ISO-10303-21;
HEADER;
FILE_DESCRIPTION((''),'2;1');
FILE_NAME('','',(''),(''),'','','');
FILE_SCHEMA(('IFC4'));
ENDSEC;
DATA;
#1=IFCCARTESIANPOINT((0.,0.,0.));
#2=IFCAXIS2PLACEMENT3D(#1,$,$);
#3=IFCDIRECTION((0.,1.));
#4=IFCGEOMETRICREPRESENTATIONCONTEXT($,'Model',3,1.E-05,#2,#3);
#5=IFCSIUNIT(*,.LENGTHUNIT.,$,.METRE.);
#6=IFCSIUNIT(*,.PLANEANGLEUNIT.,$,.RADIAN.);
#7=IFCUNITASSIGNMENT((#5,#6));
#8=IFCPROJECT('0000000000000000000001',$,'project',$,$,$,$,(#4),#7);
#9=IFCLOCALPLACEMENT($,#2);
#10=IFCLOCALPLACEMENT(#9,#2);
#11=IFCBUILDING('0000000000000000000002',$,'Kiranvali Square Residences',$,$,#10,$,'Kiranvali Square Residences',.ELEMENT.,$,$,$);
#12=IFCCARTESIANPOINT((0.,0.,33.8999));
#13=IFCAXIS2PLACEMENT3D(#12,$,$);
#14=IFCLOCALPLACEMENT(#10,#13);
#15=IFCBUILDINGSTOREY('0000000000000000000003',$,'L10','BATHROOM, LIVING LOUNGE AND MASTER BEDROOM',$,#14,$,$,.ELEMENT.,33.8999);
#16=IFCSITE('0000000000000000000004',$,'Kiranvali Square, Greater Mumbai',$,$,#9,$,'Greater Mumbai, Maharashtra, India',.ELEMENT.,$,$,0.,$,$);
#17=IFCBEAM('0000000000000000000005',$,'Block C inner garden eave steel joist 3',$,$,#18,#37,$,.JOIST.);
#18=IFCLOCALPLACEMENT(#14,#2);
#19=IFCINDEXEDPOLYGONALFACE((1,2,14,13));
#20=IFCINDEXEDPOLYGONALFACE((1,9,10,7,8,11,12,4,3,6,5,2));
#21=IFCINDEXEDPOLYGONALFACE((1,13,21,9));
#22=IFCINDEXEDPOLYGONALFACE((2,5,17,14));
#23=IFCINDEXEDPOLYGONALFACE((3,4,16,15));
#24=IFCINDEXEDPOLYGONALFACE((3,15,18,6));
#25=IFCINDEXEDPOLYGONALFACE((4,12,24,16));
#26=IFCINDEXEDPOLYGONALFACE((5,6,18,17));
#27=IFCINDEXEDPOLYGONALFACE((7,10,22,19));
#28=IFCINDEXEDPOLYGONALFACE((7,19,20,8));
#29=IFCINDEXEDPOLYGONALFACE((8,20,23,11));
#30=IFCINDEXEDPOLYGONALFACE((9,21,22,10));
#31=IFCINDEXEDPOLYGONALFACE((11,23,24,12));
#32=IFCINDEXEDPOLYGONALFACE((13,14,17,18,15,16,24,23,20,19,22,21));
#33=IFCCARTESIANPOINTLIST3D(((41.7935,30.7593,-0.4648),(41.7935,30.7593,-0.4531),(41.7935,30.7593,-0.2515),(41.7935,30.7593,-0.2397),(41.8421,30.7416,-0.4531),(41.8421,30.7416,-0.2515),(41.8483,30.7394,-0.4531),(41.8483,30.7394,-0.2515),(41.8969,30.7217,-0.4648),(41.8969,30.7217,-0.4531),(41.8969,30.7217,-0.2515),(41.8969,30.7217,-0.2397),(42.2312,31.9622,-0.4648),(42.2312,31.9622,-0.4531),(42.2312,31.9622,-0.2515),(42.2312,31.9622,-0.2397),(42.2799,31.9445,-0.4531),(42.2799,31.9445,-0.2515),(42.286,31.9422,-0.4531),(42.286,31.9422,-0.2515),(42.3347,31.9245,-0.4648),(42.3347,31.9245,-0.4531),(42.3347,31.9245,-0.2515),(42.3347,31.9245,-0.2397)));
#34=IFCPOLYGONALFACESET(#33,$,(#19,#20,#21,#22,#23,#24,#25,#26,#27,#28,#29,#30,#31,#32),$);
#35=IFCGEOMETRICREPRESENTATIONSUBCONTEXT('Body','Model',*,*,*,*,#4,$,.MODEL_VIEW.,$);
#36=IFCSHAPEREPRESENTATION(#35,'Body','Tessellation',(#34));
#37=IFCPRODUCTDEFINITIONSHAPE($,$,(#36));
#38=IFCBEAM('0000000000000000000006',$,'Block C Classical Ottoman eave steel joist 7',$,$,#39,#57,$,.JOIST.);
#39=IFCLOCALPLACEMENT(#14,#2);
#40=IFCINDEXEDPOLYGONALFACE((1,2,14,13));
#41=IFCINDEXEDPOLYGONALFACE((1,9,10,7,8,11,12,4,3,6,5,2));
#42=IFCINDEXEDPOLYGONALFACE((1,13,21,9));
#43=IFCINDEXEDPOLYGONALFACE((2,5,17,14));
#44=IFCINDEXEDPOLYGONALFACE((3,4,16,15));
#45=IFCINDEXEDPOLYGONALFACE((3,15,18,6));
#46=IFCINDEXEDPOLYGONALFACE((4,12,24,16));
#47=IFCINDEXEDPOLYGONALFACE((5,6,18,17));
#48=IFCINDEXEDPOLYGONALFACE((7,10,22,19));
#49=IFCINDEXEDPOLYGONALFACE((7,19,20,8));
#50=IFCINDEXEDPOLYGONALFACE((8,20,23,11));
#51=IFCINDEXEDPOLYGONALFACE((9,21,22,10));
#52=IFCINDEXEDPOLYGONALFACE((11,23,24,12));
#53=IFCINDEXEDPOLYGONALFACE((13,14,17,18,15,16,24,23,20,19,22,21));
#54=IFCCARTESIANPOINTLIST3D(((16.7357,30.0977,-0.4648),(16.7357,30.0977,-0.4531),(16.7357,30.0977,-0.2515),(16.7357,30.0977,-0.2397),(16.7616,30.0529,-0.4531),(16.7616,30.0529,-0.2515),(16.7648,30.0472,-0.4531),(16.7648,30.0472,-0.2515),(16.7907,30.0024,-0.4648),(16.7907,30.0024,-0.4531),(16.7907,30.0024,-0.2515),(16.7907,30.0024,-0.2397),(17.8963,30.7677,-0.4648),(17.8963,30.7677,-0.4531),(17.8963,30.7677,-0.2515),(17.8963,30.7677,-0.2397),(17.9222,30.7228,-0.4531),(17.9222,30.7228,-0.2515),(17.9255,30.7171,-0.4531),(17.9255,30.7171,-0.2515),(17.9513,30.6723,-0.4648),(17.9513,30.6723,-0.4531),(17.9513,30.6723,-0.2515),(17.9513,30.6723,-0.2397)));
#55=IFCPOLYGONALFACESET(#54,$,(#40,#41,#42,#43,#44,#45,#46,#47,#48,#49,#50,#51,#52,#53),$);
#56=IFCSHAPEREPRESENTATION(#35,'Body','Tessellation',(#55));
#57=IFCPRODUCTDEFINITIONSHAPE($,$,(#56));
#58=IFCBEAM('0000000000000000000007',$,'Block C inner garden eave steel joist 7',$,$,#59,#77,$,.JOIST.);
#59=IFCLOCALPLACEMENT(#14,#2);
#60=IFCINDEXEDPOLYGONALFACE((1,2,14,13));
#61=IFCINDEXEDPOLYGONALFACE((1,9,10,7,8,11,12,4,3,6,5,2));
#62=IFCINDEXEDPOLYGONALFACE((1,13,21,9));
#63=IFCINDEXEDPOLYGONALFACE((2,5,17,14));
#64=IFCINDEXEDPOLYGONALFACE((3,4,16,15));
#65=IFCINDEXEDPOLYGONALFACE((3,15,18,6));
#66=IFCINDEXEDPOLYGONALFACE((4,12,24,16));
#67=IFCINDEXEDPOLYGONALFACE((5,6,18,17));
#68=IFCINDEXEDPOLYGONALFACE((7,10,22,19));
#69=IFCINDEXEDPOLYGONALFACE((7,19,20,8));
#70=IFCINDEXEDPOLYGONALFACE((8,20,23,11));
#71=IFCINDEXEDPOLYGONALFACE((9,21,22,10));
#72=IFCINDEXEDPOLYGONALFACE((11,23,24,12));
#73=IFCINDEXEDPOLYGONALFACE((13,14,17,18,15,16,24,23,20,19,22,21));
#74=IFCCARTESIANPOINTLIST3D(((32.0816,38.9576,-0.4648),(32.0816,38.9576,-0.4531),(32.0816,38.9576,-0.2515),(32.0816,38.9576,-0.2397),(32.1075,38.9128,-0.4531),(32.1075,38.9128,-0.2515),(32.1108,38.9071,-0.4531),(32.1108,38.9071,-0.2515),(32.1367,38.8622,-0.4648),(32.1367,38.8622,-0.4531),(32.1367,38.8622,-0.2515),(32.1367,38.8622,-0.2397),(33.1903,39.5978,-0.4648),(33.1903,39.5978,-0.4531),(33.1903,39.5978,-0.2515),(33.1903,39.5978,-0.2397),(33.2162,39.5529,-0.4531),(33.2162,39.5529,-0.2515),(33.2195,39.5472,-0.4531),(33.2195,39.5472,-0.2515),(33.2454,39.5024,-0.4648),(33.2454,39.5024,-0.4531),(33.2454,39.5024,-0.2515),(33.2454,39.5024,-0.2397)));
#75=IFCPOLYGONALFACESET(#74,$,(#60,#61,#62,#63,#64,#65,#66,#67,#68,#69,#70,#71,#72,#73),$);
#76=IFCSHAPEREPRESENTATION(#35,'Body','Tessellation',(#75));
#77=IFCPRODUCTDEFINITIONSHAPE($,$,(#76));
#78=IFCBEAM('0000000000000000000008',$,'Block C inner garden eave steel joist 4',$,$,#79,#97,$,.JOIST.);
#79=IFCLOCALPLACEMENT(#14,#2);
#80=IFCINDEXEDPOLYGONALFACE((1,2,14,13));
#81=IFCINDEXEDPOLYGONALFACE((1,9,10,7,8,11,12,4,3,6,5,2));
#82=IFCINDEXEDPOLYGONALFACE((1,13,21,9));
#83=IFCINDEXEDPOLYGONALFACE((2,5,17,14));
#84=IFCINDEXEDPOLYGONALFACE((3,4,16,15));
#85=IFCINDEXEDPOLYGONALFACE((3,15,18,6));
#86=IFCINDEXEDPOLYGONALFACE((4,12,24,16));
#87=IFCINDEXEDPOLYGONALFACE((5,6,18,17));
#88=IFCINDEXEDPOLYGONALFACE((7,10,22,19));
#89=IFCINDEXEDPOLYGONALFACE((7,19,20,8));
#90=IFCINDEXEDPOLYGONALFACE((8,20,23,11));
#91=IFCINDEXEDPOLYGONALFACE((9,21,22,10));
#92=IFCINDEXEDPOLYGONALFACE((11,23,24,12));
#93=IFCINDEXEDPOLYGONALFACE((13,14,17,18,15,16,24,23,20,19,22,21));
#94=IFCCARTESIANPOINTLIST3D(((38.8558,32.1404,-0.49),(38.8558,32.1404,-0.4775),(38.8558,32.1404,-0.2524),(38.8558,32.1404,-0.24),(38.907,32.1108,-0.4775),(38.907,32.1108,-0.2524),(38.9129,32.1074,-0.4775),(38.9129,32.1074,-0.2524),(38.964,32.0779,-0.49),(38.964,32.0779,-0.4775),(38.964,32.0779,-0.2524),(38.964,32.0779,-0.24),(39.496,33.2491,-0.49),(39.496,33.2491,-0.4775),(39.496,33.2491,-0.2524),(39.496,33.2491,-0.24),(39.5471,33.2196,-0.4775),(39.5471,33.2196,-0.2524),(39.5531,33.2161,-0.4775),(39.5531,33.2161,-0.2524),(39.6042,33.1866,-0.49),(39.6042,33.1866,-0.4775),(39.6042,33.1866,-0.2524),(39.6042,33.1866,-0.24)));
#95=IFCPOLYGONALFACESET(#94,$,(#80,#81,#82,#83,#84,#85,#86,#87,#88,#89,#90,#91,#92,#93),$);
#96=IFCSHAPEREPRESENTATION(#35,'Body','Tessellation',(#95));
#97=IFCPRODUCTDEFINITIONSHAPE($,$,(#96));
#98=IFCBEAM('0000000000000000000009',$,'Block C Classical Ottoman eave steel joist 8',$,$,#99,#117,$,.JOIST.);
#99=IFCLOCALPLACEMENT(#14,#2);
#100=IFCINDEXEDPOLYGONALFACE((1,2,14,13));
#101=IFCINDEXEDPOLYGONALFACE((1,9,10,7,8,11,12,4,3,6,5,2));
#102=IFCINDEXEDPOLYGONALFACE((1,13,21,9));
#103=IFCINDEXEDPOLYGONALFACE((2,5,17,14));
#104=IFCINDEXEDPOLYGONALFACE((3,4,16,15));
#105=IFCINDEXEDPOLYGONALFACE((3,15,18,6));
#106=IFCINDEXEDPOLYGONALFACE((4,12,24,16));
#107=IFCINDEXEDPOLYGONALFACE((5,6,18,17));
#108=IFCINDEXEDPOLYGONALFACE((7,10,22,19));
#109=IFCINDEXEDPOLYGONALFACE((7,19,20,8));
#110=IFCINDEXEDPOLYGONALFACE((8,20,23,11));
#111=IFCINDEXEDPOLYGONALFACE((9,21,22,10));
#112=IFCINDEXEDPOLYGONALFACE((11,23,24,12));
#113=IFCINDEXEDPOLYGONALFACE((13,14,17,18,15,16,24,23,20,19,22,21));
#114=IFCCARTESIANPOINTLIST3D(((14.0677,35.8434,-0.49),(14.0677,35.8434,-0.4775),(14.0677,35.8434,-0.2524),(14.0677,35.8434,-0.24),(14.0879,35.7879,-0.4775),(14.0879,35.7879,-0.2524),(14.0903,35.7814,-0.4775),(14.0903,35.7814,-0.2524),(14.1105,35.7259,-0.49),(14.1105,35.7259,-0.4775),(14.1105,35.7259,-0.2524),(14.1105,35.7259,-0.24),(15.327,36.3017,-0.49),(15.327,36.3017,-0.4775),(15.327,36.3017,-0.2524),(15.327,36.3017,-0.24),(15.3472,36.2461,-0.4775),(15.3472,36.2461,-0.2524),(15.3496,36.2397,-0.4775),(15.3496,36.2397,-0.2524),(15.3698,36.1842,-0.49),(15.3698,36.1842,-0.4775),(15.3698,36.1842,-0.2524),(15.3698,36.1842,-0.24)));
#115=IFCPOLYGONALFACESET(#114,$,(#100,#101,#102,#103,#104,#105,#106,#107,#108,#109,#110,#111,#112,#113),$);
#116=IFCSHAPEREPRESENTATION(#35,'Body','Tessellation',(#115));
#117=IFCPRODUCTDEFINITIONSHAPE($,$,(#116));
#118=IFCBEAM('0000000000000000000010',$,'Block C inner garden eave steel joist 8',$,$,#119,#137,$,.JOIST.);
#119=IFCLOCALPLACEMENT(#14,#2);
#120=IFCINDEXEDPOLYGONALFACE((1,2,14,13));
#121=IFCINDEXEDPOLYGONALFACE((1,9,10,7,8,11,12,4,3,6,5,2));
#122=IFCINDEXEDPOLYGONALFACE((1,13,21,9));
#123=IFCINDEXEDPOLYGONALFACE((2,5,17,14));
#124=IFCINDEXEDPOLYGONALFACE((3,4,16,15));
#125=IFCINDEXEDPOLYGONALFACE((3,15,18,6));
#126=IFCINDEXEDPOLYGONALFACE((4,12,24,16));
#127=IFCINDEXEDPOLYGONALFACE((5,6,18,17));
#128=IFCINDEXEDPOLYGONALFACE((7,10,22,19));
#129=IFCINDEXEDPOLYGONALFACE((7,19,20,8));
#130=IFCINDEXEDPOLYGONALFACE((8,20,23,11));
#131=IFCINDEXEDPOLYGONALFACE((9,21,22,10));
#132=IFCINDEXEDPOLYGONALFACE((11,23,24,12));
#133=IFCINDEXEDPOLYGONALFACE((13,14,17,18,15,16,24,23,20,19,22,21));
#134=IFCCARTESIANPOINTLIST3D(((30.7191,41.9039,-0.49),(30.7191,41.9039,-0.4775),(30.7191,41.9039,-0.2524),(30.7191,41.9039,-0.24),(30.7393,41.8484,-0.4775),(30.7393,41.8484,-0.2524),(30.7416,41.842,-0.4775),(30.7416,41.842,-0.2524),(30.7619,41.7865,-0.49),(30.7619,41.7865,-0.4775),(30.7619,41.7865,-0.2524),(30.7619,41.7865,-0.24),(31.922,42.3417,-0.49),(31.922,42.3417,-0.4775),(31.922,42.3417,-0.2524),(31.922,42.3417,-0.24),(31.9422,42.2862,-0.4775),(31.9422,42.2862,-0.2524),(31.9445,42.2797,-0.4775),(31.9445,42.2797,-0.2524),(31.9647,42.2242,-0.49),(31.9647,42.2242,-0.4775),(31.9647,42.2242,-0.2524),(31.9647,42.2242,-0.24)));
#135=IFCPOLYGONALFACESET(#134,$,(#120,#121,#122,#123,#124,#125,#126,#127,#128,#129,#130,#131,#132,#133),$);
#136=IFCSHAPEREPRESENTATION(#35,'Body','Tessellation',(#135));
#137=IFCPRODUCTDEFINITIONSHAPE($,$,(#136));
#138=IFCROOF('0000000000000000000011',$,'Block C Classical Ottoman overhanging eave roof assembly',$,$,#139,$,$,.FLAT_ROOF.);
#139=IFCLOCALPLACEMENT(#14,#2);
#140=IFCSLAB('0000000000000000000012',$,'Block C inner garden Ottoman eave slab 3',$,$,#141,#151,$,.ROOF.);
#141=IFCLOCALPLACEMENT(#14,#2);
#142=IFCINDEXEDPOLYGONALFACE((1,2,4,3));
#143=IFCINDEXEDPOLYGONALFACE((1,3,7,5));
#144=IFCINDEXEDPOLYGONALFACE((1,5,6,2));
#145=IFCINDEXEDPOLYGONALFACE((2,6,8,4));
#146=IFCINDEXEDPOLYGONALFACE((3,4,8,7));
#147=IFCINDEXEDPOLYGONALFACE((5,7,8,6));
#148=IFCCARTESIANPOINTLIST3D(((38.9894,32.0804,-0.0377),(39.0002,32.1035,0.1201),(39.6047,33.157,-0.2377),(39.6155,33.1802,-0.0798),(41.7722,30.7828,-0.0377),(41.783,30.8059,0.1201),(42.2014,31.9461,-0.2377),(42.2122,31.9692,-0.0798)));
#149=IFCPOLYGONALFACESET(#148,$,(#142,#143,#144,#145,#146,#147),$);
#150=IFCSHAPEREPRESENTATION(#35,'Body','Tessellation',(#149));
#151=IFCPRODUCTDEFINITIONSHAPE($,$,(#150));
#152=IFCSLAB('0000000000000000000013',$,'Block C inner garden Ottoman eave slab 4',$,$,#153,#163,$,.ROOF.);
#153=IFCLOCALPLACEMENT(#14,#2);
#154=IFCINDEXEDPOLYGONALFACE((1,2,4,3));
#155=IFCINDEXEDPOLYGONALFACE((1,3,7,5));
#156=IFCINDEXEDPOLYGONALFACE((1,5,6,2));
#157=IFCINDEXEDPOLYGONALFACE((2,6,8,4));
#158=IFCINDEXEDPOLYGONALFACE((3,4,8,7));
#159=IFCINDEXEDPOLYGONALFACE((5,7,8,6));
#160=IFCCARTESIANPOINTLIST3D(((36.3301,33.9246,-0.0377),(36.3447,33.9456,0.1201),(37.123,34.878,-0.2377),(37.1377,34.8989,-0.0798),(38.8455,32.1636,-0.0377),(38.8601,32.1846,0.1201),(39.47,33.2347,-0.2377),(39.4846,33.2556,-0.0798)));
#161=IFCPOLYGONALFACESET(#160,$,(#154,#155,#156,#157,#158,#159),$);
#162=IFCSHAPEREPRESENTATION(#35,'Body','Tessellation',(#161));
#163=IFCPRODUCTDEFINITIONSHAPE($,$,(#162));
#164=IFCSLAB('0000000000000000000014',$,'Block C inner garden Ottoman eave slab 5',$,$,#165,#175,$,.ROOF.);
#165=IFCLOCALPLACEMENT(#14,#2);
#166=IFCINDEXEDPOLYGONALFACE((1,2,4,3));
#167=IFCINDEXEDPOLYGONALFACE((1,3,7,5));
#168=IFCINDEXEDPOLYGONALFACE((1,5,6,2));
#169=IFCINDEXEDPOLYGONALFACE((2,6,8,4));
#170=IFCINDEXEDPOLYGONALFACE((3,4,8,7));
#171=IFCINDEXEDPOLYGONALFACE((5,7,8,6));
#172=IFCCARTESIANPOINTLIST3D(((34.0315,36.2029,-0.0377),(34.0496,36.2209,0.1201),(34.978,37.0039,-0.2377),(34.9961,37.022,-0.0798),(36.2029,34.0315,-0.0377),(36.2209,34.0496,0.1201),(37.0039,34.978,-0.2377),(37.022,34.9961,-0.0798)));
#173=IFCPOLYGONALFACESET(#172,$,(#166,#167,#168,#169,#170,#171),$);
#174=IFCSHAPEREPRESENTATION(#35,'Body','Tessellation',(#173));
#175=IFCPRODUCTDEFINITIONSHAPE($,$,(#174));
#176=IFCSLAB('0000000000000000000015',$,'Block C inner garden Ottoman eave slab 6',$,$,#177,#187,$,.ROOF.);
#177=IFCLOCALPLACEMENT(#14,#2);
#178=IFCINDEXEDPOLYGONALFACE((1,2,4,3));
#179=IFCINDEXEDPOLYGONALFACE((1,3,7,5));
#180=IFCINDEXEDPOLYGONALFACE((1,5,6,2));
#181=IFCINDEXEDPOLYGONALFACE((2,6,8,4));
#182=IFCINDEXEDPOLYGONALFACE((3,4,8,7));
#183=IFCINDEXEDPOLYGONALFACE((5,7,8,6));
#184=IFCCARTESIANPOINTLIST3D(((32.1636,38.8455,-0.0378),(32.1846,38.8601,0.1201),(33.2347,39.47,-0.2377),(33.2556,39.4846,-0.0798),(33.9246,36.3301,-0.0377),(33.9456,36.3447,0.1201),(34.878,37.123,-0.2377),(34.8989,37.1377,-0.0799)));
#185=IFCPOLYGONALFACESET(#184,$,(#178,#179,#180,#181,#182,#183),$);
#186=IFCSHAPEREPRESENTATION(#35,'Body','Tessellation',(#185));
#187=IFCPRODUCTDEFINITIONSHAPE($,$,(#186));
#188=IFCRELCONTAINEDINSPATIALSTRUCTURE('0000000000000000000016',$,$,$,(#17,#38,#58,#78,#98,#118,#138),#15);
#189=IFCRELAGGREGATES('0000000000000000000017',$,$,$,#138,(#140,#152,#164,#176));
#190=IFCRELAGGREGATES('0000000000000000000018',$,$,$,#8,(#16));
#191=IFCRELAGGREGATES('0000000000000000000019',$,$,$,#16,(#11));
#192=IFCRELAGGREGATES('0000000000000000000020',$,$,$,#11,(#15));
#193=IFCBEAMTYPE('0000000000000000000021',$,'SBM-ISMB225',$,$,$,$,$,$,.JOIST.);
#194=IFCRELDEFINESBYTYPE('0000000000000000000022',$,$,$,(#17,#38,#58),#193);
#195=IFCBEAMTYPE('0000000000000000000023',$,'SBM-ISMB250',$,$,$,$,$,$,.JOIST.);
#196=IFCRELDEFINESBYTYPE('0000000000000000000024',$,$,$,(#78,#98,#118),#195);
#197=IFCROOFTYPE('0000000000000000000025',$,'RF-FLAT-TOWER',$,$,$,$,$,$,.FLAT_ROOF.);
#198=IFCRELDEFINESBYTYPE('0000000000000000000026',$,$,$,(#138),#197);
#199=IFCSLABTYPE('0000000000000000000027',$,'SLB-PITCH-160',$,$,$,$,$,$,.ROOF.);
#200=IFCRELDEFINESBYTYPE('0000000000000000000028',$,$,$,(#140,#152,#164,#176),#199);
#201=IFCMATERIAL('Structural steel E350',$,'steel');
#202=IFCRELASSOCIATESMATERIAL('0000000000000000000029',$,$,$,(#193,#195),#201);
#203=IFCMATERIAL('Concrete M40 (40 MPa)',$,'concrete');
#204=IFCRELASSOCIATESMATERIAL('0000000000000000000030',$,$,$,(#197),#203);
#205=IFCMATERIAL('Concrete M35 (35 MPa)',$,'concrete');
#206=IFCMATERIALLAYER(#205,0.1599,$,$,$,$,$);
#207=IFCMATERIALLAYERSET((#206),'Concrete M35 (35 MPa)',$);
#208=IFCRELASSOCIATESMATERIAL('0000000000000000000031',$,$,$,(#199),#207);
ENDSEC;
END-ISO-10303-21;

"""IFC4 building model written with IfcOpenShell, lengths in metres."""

from ifc_helpers import new_model, si_unit, direction, frame, origin, origin_2d, place, context, subcontext, project, spatial, polyline, i_section, outline, extrude, material, layer, layer_set, material_profile, profile_set, type_object, element, aggregate, save


model = new_model("IFC4")

# Units and contexts
model_context = context("Model", 3, precision=1e-05, world=origin(), true_north=direction((0.0, 1.0)))
body_context = subcontext(model_context, "Body", "Model", "MODEL_VIEW")
ifc_project = project(units=[si_unit("LENGTHUNIT", "METRE"), si_unit("PLANEANGLEUNIT", "RADIAN")], contexts=[model_context])

# Site, building, storey
site_placement = place(None, origin())
site = spatial("IfcSite", under=ifc_project, at=site_placement, Name="Kiranvali Square, Greater Mumbai", LongName="Greater Mumbai, Maharashtra, India", CompositionType="ELEMENT", RefElevation=0.0)
building_placement = place(site_placement, origin())
building = spatial("IfcBuilding", under=site, at=building_placement, Name="Kiranvali Square Residences", LongName="Kiranvali Square Residences", CompositionType="ELEMENT")
storey_placement = place(building_placement, frame((0.0, 0.0, 33.8999)))
storey = spatial("IfcBuildingStorey", under=building, at=storey_placement, Name="L10", Description="BATHROOM, LIVING LOUNGE AND MASTER BEDROOM", CompositionType="ELEMENT", Elevation=33.8999)

# Shared definitions
ifc_material_1 = material(Name="Structural steel E350", Category="steel")

# Beams
ifc_material_profile_1 = material_profile(ifc_material_1, i_section(OverallWidth=0.1101, OverallDepth=0.2251, WebThickness=0.0066, FlangeThickness=0.0117, at=origin_2d()), Name="ISMB 225")
ifc_profile_set_1 = profile_set([ifc_material_profile_1], Name="Structural steel E350")
beam_type_1 = type_object("IfcBeamType", Name="SBM-ISMB225", PredefinedType="JOIST", material=ifc_profile_set_1)
beam_1_placement = place(storey_placement, frame((41.8452, 30.7405, -0.3523), z_axis=(0.341973, 0.93971, 0.0), x_axis=(-0.93971, 0.341973, 0.0)))
element("IfcBeam", 1, at=beam_1_placement, inside=storey, type_object=beam_type_1, Name="Block C inner garden eave steel joist 3", PredefinedType="JOIST", context=body_context, shape_type="SweptSolid", body=[
    extrude(i_section(OverallWidth=0.1101, OverallDepth=0.2251, WebThickness=0.0066, FlangeThickness=0.0117, at=origin_2d()), origin(), (0.0, 0.0, 1.0), 1.28),
])
beam_2_placement = place(storey_placement, frame((17.9238, 30.72, -0.3523), z_axis=(-0.866082, -0.499901, 0.0), x_axis=(0.499901, -0.866082, 0.0)))
element("IfcBeam", 2, at=beam_2_placement, inside=storey, type_object=beam_type_1, Name="Block C Classical Ottoman eave steel joist 7", PredefinedType="JOIST", context=body_context, shape_type="SweptSolid", body=[
    extrude(i_section(OverallWidth=0.1101, OverallDepth=0.2251, WebThickness=0.0066, FlangeThickness=0.0117, at=origin_2d()), origin(), (0.0, 0.0, 1.0), 1.3401),
])
beam_3_placement = place(storey_placement, frame((32.1091, 38.9099, -0.3523), z_axis=(0.866005, 0.500036, 0.0), x_axis=(-0.500036, 0.866005, 0.0)))
element("IfcBeam", 3, at=beam_3_placement, inside=storey, type_object=beam_type_1, Name="Block C inner garden eave steel joist 7", PredefinedType="JOIST", context=body_context, shape_type="SweptSolid", body=[
    extrude(i_section(OverallWidth=0.1101, OverallDepth=0.2251, WebThickness=0.0066, FlangeThickness=0.0117, at=origin_2d()), origin(), (0.0, 0.0, 1.0), 1.2803),
])
ifc_material_profile_2 = material_profile(ifc_material_1, i_section(OverallWidth=0.125, OverallDepth=0.25, WebThickness=0.0068, FlangeThickness=0.0125, at=origin_2d()), Name="ISMB 250")
ifc_profile_set_2 = profile_set([ifc_material_profile_2], Name="Structural steel E350")
beam_type_2 = type_object("IfcBeamType", Name="SBM-ISMB250", PredefinedType="JOIST", material=ifc_profile_set_2)
beam_4_placement = place(storey_placement, frame((38.9099, 32.1091, -0.365), z_axis=(0.500036, 0.866005, 0.0), x_axis=(-0.866005, 0.500036, 0.0)))
element("IfcBeam", 4, at=beam_4_placement, inside=storey, type_object=beam_type_2, Name="Block C inner garden eave steel joist 4", PredefinedType="JOIST", context=body_context, shape_type="SweptSolid", body=[
    extrude(i_section(OverallWidth=0.125, OverallDepth=0.25, WebThickness=0.0068, FlangeThickness=0.0125, at=origin_2d()), origin(), (0.0, 0.0, 1.0), 1.2803),
])
beam_5_placement = place(storey_placement, frame((15.3484, 36.2429, -0.365), z_axis=(-0.939714, -0.341962, 0.0), x_axis=(0.341962, -0.939714, 0.0)))
element("IfcBeam", 5, at=beam_5_placement, inside=storey, type_object=beam_type_2, Name="Block C Classical Ottoman eave steel joist 8", PredefinedType="JOIST", context=body_context, shape_type="SweptSolid", body=[
    extrude(i_section(OverallWidth=0.125, OverallDepth=0.25, WebThickness=0.0068, FlangeThickness=0.0125, at=origin_2d()), origin(), (0.0, 0.0, 1.0), 1.3401),
])
beam_6_placement = place(storey_placement, frame((30.7405, 41.8452, -0.365), z_axis=(0.93971, 0.341973, 0.0), x_axis=(-0.341973, 0.93971, 0.0)))
element("IfcBeam", 6, at=beam_6_placement, inside=storey, type_object=beam_type_2, Name="Block C inner garden eave steel joist 8", PredefinedType="JOIST", context=body_context, shape_type="SweptSolid", body=[
    extrude(i_section(OverallWidth=0.125, OverallDepth=0.25, WebThickness=0.0068, FlangeThickness=0.0125, at=origin_2d()), origin(), (0.0, 0.0, 1.0), 1.28),
])

# Roof, slabs
ifc_material_2 = material(Name="Concrete M40 (40 MPa)", Category="concrete")
roof_type = type_object("IfcRoofType", Name="RF-FLAT-TOWER", PredefinedType="FLAT_ROOF", material=ifc_material_2)
roof_placement = place(storey_placement, origin())
roof = element("IfcRoof", 7, at=roof_placement, inside=storey, type_object=roof_type, Name="Block C Classical Ottoman overhanging eave roof assembly", PredefinedType="FLAT_ROOF")
ifc_material_3 = material(Name="Concrete M35 (35 MPa)", Category="concrete")
ifc_layer = layer(ifc_material_3, 0.1599)
ifc_layer_set = layer_set([ifc_layer], Name="Concrete M35 (35 MPa)")
slab_type = type_object("IfcSlabType", Name="SLB-PITCH-160", PredefinedType="ROOF", material=ifc_layer_set)
slab_1_placement = place(storey_placement, frame((41.783, 30.8059, 0.1201), z_axis=(0.067506, 0.144761, 0.987161), x_axis=(-0.906307, 0.42262, 0.000002)))
slab_1 = element("IfcSlab", 8, at=slab_1_placement, type_object=slab_type, Name="Block C inner garden Ottoman eave slab 3", PredefinedType="ROOF", context=body_context, shape_type="SweptSolid", body=[
    extrude(outline(polyline([(0.0, 0.0), (3.0704, 0.0), (2.9678, -1.2519), (0.1027, -1.2518), (0.0, 0.0)])), origin(), (0.0, 0.0, -1.0), 0.1599),
])
slab_2_placement = place(storey_placement, frame((38.8601, 32.1846, 0.1201), z_axis=(0.091616, 0.130854, 0.987159), x_axis=(-0.819198, 0.573511, 0.000006)))
slab_2 = element("IfcSlab", 9, at=slab_2_placement, type_object=slab_type, Name="Block C inner garden Ottoman eave slab 4", PredefinedType="ROOF", context=body_context, shape_type="SweptSolid", body=[
    extrude(outline(polyline([(0.0, 0.0), (3.0705, 0.0), (2.9677, -1.2518), (0.1027, -1.2516), (0.0, 0.0)])), origin(), (0.0, 0.0, -1.0), 0.1599),
])
slab_3_placement = place(storey_placement, frame((36.2209, 34.0496, 0.1201), z_axis=(0.112948, 0.112948, 0.98716), x_axis=(-0.707107, 0.707107, 0.0)))
slab_3 = element("IfcSlab", 10, at=slab_3_placement, type_object=slab_type, Name="Block C inner garden Ottoman eave slab 5", PredefinedType="ROOF", context=body_context, shape_type="SweptSolid", body=[
    extrude(outline(polyline([(0.0, 0.0), (3.0708, 0.0), (2.9679, -1.2518), (0.1029, -1.2518), (0.0, 0.0)])), origin(), (0.0, 0.0, -1.0), 0.1599),
])
slab_4_placement = place(storey_placement, frame((33.9456, 36.3447, 0.1201), z_axis=(0.130854, 0.091616, 0.987159), x_axis=(-0.573511, 0.819198, -0.000006)))
slab_4 = element("IfcSlab", 11, at=slab_4_placement, type_object=slab_type, Name="Block C inner garden Ottoman eave slab 6", PredefinedType="ROOF", context=body_context, shape_type="SweptSolid", body=[
    extrude(outline(polyline([(0.0, 0.0), (3.0705, 0.0), (2.9679, -1.2516), (0.1028, -1.2518), (0.0, 0.0)])), origin(), (0.0, 0.0, -1.0), 0.1599),
])
aggregate(roof, [slab_1, slab_2, slab_3, slab_4])

save(model, "model.ifc")
